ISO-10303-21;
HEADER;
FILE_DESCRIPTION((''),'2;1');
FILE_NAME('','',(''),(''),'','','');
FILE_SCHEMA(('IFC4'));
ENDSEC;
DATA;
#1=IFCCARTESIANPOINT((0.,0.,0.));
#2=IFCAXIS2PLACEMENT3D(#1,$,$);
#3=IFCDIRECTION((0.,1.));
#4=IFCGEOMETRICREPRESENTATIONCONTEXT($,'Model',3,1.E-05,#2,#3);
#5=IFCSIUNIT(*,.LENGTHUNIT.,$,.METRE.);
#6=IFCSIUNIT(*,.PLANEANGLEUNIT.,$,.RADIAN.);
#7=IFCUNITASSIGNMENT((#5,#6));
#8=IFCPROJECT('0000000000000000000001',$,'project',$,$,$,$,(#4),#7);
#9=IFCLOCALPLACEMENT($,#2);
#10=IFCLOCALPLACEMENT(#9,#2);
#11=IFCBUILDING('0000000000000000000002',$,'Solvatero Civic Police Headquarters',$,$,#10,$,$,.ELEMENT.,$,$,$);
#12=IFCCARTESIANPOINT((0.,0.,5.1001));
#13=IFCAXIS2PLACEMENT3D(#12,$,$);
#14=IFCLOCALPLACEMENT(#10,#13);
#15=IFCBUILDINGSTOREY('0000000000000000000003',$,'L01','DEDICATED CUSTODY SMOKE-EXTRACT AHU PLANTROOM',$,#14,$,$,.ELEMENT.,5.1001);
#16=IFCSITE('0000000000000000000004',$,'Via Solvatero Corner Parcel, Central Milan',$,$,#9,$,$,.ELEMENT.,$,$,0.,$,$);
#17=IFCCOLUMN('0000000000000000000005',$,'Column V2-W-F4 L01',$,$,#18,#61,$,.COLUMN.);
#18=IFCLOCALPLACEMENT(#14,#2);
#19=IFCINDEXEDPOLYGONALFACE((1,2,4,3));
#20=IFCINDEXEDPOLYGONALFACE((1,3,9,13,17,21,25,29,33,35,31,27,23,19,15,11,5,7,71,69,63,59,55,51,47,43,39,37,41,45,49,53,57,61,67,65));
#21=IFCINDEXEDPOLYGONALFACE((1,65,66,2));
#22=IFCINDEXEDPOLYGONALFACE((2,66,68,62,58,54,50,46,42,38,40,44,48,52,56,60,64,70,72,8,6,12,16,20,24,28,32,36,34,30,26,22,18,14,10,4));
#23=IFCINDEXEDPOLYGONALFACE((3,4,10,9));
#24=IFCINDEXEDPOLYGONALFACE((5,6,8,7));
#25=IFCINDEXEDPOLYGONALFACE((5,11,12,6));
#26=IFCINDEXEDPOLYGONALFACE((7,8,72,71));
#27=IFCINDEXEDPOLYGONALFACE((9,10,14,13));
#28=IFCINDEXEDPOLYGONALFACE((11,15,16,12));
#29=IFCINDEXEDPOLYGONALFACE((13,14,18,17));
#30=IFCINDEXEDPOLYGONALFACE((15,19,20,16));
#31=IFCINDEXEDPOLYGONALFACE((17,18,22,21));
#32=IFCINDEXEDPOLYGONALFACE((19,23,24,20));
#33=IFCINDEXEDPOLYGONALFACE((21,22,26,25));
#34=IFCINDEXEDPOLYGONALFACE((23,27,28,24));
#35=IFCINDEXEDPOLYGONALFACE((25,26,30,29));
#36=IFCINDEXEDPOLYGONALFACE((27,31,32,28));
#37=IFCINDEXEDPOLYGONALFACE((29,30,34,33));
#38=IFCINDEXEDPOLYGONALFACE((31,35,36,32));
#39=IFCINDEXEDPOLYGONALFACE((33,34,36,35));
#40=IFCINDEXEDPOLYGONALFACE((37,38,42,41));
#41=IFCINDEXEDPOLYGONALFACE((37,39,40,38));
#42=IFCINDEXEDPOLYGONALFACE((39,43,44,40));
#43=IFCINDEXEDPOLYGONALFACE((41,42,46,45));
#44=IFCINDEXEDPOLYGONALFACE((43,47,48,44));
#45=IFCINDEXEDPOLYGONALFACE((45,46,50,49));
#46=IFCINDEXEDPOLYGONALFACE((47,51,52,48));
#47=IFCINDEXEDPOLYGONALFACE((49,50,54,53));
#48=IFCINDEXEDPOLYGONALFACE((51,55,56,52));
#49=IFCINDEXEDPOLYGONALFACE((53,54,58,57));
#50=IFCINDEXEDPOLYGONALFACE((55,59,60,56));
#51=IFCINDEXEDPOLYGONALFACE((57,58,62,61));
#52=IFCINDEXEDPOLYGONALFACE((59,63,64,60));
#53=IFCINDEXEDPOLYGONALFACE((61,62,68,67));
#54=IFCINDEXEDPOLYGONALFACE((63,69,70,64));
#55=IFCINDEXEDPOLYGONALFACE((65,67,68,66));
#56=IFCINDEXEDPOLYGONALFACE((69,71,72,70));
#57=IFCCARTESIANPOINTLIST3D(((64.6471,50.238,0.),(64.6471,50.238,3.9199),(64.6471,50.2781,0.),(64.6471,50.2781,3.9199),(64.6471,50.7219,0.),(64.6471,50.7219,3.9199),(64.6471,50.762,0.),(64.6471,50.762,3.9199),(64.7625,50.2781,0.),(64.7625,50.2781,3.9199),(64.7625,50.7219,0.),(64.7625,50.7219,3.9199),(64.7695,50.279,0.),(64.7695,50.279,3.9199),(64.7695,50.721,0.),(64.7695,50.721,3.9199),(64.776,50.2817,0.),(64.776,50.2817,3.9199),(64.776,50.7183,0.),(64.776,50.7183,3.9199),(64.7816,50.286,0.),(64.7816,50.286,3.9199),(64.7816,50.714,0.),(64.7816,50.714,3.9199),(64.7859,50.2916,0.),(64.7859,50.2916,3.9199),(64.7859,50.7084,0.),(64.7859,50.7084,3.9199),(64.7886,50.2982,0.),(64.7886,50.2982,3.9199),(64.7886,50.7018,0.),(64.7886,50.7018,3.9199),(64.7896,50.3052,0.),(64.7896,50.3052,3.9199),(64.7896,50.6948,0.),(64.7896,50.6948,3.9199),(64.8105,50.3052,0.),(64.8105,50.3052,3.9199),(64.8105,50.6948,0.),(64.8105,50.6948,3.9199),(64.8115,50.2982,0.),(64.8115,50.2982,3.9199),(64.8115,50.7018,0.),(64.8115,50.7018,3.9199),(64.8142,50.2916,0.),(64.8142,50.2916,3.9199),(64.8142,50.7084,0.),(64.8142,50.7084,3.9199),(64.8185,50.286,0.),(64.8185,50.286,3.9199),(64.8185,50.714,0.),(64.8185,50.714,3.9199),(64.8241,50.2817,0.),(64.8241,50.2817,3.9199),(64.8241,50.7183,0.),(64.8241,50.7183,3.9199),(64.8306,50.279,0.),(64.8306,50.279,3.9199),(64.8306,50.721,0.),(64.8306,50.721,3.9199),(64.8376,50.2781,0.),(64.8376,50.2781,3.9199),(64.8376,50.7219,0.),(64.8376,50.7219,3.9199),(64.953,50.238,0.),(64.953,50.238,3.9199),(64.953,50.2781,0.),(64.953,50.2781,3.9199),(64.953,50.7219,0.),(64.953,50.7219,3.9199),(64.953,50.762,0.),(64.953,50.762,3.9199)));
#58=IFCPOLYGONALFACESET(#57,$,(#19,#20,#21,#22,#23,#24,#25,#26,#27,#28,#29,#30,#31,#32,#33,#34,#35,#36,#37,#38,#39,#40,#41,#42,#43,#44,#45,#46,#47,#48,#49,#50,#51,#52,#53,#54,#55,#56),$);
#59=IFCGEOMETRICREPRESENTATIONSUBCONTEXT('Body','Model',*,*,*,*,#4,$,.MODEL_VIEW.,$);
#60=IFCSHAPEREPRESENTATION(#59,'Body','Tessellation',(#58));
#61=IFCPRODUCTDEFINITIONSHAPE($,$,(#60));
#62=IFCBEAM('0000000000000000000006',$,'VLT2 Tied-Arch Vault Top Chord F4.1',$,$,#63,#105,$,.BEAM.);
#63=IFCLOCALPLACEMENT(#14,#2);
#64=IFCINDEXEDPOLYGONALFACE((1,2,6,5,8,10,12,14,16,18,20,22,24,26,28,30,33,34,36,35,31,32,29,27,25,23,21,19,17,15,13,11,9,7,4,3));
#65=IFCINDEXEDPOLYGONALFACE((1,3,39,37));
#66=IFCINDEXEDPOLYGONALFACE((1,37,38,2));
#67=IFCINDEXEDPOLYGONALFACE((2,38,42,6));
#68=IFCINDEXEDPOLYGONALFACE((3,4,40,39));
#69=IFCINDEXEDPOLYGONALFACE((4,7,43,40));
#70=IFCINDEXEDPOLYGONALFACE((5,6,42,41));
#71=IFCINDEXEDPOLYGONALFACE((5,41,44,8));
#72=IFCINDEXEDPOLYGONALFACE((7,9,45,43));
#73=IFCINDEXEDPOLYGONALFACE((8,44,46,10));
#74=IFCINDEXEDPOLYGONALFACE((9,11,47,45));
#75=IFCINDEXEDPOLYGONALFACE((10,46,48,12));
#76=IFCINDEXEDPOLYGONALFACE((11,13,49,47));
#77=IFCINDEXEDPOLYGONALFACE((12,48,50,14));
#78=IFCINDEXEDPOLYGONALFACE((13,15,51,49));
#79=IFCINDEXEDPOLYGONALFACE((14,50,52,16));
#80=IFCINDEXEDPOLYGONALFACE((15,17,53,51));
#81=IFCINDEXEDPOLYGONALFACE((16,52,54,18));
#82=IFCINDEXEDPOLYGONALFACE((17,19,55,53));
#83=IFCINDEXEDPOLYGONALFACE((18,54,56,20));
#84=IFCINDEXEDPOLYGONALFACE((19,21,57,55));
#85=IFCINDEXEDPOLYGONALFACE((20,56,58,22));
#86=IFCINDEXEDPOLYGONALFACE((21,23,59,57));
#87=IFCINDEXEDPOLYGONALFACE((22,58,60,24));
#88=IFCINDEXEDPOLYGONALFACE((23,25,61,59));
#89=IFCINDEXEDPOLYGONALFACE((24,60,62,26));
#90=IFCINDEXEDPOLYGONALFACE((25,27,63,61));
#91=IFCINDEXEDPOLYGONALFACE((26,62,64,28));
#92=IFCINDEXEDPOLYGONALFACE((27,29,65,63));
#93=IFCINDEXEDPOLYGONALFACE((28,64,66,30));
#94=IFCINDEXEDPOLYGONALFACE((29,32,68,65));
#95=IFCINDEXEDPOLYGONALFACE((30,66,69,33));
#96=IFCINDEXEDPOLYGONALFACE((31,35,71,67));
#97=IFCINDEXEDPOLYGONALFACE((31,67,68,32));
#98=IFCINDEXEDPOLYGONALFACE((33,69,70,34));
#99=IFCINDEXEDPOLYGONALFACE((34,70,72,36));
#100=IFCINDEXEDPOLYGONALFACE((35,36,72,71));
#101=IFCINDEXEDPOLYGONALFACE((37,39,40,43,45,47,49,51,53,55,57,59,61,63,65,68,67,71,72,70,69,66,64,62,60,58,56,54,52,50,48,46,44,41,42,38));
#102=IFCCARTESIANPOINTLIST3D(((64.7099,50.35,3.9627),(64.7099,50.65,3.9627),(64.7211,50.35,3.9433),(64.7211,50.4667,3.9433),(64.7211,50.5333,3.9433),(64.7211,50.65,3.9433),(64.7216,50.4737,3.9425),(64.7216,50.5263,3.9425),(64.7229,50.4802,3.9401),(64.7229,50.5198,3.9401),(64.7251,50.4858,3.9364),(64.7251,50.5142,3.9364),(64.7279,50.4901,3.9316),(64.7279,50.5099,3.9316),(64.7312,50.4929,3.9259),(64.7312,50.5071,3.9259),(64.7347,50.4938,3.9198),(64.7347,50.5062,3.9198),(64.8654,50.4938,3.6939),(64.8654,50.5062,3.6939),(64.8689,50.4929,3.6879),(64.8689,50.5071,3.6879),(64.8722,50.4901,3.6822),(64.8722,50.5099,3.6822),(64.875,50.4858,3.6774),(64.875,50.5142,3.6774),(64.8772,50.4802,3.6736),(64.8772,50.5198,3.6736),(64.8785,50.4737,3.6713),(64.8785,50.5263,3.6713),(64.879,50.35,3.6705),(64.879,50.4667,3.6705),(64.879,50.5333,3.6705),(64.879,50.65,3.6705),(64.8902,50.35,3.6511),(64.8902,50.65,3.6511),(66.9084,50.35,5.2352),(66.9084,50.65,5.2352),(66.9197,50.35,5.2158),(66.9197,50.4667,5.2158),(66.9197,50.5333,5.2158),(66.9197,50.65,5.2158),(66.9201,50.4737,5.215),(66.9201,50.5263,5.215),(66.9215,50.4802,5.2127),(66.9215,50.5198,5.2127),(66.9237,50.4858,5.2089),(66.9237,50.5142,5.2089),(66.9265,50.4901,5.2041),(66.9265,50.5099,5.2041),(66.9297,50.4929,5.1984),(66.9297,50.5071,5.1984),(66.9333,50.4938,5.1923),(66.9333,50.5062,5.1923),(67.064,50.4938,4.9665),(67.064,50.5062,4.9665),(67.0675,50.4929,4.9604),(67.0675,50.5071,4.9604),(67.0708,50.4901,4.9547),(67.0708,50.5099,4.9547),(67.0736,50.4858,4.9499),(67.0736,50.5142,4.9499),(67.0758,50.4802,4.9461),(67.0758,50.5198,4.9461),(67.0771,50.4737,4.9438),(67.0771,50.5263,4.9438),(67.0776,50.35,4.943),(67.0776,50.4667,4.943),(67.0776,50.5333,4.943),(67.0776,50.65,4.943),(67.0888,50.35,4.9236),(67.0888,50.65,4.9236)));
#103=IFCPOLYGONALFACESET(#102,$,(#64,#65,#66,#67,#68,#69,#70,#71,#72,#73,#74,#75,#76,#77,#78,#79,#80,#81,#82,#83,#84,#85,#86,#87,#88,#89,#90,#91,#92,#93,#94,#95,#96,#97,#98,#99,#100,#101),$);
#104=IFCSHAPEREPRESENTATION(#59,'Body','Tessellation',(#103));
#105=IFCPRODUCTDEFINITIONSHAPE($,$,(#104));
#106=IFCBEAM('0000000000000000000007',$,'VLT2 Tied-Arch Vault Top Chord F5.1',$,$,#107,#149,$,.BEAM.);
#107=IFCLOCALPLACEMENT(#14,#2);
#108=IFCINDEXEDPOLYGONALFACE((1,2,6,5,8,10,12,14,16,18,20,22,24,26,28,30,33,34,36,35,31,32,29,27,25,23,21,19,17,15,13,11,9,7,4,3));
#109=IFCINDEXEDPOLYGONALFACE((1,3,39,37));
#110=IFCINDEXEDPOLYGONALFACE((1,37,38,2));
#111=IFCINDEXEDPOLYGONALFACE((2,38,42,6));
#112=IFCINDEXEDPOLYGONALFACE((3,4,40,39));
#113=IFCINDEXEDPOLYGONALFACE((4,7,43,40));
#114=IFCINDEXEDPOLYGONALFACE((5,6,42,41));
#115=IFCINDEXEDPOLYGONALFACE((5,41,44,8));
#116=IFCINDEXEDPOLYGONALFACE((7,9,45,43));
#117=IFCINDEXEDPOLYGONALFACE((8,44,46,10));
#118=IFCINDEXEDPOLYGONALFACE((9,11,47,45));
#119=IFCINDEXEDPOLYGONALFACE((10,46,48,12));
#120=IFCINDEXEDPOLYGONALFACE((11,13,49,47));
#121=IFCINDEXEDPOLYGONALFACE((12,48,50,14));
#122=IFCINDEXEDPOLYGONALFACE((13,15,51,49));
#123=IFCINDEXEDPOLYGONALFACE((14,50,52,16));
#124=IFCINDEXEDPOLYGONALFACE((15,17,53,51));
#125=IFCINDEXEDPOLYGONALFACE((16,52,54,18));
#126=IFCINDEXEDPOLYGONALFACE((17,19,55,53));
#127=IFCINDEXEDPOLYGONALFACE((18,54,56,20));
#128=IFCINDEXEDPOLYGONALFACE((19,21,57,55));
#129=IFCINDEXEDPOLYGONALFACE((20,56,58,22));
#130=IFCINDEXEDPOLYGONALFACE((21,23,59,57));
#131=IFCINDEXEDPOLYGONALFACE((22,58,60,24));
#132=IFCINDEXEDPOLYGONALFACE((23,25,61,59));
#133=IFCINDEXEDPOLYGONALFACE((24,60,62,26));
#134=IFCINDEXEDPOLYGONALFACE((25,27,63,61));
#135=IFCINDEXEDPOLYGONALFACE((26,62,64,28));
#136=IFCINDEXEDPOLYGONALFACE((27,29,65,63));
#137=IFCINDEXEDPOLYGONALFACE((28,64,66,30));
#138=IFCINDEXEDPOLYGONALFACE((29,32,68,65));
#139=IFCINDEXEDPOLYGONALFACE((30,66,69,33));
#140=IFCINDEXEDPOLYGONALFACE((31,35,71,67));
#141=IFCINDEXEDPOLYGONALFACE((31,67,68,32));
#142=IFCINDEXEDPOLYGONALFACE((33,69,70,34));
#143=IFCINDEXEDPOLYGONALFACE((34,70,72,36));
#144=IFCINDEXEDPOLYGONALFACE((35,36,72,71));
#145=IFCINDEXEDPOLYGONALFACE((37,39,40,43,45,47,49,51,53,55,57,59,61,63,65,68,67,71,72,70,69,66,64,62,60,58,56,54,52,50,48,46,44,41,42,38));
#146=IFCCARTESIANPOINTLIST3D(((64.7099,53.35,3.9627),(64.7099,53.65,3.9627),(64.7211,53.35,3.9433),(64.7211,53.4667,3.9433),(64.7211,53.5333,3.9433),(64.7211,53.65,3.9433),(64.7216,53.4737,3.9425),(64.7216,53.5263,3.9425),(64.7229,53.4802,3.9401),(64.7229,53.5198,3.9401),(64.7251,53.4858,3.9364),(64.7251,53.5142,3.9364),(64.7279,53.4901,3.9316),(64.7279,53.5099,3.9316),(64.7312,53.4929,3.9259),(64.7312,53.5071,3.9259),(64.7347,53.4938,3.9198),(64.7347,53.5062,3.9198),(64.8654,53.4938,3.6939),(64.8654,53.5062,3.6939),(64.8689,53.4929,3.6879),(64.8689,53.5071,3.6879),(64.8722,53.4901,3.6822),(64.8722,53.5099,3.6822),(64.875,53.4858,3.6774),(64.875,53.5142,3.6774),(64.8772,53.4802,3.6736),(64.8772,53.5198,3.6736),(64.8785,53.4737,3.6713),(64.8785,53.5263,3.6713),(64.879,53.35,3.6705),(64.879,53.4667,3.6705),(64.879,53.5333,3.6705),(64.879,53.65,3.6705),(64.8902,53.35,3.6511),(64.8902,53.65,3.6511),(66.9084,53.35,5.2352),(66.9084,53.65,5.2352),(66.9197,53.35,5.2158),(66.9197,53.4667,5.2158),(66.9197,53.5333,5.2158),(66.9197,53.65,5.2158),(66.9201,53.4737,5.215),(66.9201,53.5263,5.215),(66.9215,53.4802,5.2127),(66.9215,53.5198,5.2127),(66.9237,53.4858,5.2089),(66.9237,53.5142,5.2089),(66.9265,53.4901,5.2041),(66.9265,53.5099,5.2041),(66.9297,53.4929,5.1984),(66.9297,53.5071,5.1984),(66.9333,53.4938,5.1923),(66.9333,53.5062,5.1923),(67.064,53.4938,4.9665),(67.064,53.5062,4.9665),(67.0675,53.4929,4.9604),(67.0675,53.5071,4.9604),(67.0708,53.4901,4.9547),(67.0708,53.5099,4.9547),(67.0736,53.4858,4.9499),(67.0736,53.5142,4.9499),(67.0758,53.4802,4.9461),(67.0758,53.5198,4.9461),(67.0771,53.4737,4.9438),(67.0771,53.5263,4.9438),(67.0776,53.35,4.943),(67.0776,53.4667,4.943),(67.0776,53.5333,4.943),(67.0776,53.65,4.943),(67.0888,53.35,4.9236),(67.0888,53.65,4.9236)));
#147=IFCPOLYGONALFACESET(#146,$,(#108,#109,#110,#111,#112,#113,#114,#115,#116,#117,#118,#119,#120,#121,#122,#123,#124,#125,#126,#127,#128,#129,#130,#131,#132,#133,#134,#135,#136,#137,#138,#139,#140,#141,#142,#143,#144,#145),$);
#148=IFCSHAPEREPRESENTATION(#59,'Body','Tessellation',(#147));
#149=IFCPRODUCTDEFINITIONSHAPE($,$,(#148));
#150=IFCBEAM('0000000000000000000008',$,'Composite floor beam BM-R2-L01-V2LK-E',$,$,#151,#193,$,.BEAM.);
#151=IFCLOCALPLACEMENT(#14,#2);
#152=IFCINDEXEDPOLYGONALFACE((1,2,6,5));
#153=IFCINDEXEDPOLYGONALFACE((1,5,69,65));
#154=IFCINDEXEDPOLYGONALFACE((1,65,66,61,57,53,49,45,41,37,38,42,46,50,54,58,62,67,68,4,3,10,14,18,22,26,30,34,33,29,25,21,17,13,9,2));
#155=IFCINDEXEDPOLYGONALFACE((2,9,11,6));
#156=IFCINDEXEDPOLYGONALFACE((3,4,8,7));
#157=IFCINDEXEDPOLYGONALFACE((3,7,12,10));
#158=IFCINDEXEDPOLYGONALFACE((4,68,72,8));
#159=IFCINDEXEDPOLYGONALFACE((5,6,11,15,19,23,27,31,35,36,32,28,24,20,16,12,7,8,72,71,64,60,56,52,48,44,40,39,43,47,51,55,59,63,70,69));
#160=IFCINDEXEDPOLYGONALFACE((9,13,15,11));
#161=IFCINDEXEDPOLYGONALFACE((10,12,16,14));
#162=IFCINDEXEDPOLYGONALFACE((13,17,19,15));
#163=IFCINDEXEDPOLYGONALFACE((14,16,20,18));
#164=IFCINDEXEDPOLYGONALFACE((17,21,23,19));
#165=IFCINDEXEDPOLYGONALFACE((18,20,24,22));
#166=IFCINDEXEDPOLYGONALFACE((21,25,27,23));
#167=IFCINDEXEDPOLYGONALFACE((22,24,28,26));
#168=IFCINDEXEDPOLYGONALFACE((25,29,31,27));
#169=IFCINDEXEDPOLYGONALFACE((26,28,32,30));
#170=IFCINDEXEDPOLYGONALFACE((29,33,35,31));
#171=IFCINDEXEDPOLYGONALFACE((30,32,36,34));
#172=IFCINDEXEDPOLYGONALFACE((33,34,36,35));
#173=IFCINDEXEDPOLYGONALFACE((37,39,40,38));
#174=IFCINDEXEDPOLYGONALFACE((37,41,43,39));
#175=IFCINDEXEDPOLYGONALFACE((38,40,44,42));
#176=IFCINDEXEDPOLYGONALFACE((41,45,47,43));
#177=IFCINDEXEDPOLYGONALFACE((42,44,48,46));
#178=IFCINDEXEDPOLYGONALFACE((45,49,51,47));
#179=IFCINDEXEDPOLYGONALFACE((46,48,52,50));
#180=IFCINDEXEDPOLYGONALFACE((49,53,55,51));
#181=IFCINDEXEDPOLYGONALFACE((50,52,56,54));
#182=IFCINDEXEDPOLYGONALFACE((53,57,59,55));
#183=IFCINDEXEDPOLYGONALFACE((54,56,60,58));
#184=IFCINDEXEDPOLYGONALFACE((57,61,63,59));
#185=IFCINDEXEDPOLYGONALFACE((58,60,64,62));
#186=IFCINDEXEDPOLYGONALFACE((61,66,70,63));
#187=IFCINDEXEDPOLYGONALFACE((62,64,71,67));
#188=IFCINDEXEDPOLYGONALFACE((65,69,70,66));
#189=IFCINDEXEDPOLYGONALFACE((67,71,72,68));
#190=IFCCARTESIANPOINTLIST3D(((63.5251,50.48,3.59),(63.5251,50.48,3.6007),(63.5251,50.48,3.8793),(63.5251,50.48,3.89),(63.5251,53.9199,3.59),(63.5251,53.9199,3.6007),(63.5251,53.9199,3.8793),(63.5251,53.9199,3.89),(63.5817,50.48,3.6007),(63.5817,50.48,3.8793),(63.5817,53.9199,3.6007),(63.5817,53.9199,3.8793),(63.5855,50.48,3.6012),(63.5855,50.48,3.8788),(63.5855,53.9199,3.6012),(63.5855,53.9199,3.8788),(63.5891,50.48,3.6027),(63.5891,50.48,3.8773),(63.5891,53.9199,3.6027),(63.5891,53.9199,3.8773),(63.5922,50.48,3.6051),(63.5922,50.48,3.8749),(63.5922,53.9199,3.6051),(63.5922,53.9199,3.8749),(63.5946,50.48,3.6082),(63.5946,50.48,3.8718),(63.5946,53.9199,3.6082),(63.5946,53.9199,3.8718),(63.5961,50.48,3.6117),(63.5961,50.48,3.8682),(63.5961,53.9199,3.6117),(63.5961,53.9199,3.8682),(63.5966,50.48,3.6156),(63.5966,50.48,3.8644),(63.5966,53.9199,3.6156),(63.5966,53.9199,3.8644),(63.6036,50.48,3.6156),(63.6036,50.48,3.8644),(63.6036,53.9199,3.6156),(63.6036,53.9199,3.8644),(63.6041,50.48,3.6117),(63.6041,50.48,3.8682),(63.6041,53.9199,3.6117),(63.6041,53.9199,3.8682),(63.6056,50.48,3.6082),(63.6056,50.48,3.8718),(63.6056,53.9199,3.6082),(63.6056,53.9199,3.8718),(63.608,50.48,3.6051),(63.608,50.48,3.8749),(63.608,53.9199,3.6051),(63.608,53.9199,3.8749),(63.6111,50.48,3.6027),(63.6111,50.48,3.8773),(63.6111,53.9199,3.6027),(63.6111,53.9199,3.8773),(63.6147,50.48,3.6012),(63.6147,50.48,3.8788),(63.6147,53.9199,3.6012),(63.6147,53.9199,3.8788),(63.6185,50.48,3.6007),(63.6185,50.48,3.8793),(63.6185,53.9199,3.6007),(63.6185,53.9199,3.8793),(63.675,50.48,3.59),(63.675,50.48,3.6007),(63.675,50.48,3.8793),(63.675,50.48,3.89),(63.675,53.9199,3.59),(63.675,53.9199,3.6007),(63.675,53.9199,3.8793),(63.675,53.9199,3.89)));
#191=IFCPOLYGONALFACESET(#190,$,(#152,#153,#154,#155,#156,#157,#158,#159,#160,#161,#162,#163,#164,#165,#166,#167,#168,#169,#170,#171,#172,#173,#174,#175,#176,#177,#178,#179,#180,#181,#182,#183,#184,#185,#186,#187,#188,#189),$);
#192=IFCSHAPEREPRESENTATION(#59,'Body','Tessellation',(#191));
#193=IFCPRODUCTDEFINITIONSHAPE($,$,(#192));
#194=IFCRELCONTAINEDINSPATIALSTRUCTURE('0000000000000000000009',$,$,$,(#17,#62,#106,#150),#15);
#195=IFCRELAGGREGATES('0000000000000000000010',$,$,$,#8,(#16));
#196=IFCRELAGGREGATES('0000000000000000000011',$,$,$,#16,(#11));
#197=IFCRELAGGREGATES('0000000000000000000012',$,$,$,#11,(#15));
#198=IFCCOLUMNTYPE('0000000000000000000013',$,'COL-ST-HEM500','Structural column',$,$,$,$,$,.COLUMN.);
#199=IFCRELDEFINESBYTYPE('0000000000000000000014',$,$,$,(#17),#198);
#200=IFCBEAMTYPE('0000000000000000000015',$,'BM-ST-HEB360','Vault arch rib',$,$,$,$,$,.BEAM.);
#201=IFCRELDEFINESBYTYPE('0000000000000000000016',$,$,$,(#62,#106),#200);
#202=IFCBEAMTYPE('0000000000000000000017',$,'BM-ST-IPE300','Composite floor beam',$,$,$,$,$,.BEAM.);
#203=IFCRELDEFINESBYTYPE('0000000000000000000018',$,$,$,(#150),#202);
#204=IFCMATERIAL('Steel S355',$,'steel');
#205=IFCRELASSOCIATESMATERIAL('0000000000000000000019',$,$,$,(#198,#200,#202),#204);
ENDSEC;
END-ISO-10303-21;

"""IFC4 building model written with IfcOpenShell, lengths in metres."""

from ifc_helpers import new_model, si_unit, direction, frame, origin, origin_2d, place, context, subcontext, project, spatial, i_section, extrude, material, material_profile, profile_set, type_object, element, save


model = new_model("IFC4")

# Units and contexts
model_context = context("Model", 3, precision=1e-05, world=origin(), true_north=direction((0.0, 1.0)))
body_context = subcontext(model_context, "Body", "Model", "MODEL_VIEW")
ifc_project = project(units=[si_unit("LENGTHUNIT", "METRE"), si_unit("PLANEANGLEUNIT", "RADIAN")], contexts=[model_context])

# Site, building, storey
site_placement = place(None, origin())
site = spatial("IfcSite", under=ifc_project, at=site_placement, Name="Via Solvatero Corner Parcel, Central Milan", CompositionType="ELEMENT", RefElevation=0.0)
building_placement = place(site_placement, origin())
building = spatial("IfcBuilding", under=site, at=building_placement, Name="Solvatero Civic Police Headquarters", CompositionType="ELEMENT")
storey_placement = place(building_placement, frame((0.0, 0.0, 5.1001)))
storey = spatial("IfcBuildingStorey", under=building, at=storey_placement, Name="L01", Description="DEDICATED CUSTODY SMOKE-EXTRACT AHU PLANTROOM", CompositionType="ELEMENT", Elevation=5.1001)

# Column
ifc_material_1 = material(Name="Steel S355", Category="steel")
ifc_material_profile_1 = material_profile(ifc_material_1, i_section(OverallWidth=0.3059, OverallDepth=0.5239, WebThickness=0.021, FlangeThickness=0.04, FilletRadius=0.0271, at=origin_2d()), Name="HEM 500")
ifc_profile_set_1 = profile_set([ifc_material_profile_1], Name="Steel S355")
column_type_1 = type_object("IfcColumnType", Name="COL-ST-HEM500", Description="Structural column", PredefinedType="COLUMN", material=ifc_profile_set_1)
column_1_placement = place(storey_placement, frame((64.8, 50.5, 0.0), z_axis=(0.0, 0.0, 1.0), x_axis=(1.0, 0.0, 0.0)))
element("IfcColumn", 1, at=column_1_placement, inside=storey, type_object=column_type_1, Name="Column V2-W-F4 L01", PredefinedType="COLUMN", context=body_context, shape_type="SweptSolid", body=[
    extrude(i_section(OverallWidth=0.3059, OverallDepth=0.5239, WebThickness=0.021, FlangeThickness=0.04, FilletRadius=0.0271, at=origin_2d()), origin(), (0.0, 0.0, 1.0), 3.9199),
])

# Beams
ifc_material_profile_2 = material_profile(ifc_material_1, i_section(OverallWidth=0.3, OverallDepth=0.3601, WebThickness=0.0125, FlangeThickness=0.0225, FilletRadius=0.0271, at=origin_2d()), Name="HEB 360")
ifc_profile_set_2 = profile_set([ifc_material_profile_2], Name="Steel S355")
beam_type_1 = type_object("IfcBeamType", Name="BM-ST-HEB360", Description="Vault arch rib", PredefinedType="BEAM", material=ifc_profile_set_2)
for number, where, z_axis, x_axis, name in (
    (2, (64.8, 50.5, 3.8069), (0.865486, 0.0, 0.500934), (0.0, 1.0, 0.0), "VLT2 Tied-Arch Vault Top Chord F4.1"),
    (3, (64.8, 53.5, 3.8069), (0.865486, 0.0, 0.500934), (0.0, 1.0, 0.0), "VLT2 Tied-Arch Vault Top Chord F5.1"),
):
    element("IfcBeam", number, at=place(storey_placement, frame(where, z_axis=z_axis, x_axis=x_axis)), inside=storey, type_object=beam_type_1, Name=name, PredefinedType="BEAM", context=body_context, shape_type="SweptSolid", body=[
        extrude(i_section(OverallWidth=0.3, OverallDepth=0.3601, WebThickness=0.0125, FlangeThickness=0.0225, FilletRadius=0.0271, at=origin_2d()), origin(), (0.0, 0.0, 1.0), 2.5403),
    ])
ifc_material_profile_3 = material_profile(ifc_material_1, i_section(OverallWidth=0.1499, OverallDepth=0.3, WebThickness=0.0071, FlangeThickness=0.0107, FilletRadius=0.0149, at=origin_2d()), Name="IPE 300")
ifc_profile_set_3 = profile_set([ifc_material_profile_3], Name="Steel S355")
beam_type_2 = type_object("IfcBeamType", Name="BM-ST-IPE300", Description="Composite floor beam", PredefinedType="BEAM", material=ifc_profile_set_3)
beam_placement = place(storey_placement, frame((63.6001, 50.48, 3.74), z_axis=(0.0, 1.0, 0.0), x_axis=(-1.0, 0.0, 0.0)))
element("IfcBeam", 4, at=beam_placement, inside=storey, type_object=beam_type_2, Name="Composite floor beam BM-R2-L01-V2LK-E", PredefinedType="BEAM", context=body_context, shape_type="SweptSolid", body=[
    extrude(i_section(OverallWidth=0.1499, OverallDepth=0.3, WebThickness=0.0071, FlangeThickness=0.0107, FilletRadius=0.0149, at=origin_2d()), origin(), (0.0, 0.0, 1.0), 3.4399),
])

save(model, "model.ifc")
